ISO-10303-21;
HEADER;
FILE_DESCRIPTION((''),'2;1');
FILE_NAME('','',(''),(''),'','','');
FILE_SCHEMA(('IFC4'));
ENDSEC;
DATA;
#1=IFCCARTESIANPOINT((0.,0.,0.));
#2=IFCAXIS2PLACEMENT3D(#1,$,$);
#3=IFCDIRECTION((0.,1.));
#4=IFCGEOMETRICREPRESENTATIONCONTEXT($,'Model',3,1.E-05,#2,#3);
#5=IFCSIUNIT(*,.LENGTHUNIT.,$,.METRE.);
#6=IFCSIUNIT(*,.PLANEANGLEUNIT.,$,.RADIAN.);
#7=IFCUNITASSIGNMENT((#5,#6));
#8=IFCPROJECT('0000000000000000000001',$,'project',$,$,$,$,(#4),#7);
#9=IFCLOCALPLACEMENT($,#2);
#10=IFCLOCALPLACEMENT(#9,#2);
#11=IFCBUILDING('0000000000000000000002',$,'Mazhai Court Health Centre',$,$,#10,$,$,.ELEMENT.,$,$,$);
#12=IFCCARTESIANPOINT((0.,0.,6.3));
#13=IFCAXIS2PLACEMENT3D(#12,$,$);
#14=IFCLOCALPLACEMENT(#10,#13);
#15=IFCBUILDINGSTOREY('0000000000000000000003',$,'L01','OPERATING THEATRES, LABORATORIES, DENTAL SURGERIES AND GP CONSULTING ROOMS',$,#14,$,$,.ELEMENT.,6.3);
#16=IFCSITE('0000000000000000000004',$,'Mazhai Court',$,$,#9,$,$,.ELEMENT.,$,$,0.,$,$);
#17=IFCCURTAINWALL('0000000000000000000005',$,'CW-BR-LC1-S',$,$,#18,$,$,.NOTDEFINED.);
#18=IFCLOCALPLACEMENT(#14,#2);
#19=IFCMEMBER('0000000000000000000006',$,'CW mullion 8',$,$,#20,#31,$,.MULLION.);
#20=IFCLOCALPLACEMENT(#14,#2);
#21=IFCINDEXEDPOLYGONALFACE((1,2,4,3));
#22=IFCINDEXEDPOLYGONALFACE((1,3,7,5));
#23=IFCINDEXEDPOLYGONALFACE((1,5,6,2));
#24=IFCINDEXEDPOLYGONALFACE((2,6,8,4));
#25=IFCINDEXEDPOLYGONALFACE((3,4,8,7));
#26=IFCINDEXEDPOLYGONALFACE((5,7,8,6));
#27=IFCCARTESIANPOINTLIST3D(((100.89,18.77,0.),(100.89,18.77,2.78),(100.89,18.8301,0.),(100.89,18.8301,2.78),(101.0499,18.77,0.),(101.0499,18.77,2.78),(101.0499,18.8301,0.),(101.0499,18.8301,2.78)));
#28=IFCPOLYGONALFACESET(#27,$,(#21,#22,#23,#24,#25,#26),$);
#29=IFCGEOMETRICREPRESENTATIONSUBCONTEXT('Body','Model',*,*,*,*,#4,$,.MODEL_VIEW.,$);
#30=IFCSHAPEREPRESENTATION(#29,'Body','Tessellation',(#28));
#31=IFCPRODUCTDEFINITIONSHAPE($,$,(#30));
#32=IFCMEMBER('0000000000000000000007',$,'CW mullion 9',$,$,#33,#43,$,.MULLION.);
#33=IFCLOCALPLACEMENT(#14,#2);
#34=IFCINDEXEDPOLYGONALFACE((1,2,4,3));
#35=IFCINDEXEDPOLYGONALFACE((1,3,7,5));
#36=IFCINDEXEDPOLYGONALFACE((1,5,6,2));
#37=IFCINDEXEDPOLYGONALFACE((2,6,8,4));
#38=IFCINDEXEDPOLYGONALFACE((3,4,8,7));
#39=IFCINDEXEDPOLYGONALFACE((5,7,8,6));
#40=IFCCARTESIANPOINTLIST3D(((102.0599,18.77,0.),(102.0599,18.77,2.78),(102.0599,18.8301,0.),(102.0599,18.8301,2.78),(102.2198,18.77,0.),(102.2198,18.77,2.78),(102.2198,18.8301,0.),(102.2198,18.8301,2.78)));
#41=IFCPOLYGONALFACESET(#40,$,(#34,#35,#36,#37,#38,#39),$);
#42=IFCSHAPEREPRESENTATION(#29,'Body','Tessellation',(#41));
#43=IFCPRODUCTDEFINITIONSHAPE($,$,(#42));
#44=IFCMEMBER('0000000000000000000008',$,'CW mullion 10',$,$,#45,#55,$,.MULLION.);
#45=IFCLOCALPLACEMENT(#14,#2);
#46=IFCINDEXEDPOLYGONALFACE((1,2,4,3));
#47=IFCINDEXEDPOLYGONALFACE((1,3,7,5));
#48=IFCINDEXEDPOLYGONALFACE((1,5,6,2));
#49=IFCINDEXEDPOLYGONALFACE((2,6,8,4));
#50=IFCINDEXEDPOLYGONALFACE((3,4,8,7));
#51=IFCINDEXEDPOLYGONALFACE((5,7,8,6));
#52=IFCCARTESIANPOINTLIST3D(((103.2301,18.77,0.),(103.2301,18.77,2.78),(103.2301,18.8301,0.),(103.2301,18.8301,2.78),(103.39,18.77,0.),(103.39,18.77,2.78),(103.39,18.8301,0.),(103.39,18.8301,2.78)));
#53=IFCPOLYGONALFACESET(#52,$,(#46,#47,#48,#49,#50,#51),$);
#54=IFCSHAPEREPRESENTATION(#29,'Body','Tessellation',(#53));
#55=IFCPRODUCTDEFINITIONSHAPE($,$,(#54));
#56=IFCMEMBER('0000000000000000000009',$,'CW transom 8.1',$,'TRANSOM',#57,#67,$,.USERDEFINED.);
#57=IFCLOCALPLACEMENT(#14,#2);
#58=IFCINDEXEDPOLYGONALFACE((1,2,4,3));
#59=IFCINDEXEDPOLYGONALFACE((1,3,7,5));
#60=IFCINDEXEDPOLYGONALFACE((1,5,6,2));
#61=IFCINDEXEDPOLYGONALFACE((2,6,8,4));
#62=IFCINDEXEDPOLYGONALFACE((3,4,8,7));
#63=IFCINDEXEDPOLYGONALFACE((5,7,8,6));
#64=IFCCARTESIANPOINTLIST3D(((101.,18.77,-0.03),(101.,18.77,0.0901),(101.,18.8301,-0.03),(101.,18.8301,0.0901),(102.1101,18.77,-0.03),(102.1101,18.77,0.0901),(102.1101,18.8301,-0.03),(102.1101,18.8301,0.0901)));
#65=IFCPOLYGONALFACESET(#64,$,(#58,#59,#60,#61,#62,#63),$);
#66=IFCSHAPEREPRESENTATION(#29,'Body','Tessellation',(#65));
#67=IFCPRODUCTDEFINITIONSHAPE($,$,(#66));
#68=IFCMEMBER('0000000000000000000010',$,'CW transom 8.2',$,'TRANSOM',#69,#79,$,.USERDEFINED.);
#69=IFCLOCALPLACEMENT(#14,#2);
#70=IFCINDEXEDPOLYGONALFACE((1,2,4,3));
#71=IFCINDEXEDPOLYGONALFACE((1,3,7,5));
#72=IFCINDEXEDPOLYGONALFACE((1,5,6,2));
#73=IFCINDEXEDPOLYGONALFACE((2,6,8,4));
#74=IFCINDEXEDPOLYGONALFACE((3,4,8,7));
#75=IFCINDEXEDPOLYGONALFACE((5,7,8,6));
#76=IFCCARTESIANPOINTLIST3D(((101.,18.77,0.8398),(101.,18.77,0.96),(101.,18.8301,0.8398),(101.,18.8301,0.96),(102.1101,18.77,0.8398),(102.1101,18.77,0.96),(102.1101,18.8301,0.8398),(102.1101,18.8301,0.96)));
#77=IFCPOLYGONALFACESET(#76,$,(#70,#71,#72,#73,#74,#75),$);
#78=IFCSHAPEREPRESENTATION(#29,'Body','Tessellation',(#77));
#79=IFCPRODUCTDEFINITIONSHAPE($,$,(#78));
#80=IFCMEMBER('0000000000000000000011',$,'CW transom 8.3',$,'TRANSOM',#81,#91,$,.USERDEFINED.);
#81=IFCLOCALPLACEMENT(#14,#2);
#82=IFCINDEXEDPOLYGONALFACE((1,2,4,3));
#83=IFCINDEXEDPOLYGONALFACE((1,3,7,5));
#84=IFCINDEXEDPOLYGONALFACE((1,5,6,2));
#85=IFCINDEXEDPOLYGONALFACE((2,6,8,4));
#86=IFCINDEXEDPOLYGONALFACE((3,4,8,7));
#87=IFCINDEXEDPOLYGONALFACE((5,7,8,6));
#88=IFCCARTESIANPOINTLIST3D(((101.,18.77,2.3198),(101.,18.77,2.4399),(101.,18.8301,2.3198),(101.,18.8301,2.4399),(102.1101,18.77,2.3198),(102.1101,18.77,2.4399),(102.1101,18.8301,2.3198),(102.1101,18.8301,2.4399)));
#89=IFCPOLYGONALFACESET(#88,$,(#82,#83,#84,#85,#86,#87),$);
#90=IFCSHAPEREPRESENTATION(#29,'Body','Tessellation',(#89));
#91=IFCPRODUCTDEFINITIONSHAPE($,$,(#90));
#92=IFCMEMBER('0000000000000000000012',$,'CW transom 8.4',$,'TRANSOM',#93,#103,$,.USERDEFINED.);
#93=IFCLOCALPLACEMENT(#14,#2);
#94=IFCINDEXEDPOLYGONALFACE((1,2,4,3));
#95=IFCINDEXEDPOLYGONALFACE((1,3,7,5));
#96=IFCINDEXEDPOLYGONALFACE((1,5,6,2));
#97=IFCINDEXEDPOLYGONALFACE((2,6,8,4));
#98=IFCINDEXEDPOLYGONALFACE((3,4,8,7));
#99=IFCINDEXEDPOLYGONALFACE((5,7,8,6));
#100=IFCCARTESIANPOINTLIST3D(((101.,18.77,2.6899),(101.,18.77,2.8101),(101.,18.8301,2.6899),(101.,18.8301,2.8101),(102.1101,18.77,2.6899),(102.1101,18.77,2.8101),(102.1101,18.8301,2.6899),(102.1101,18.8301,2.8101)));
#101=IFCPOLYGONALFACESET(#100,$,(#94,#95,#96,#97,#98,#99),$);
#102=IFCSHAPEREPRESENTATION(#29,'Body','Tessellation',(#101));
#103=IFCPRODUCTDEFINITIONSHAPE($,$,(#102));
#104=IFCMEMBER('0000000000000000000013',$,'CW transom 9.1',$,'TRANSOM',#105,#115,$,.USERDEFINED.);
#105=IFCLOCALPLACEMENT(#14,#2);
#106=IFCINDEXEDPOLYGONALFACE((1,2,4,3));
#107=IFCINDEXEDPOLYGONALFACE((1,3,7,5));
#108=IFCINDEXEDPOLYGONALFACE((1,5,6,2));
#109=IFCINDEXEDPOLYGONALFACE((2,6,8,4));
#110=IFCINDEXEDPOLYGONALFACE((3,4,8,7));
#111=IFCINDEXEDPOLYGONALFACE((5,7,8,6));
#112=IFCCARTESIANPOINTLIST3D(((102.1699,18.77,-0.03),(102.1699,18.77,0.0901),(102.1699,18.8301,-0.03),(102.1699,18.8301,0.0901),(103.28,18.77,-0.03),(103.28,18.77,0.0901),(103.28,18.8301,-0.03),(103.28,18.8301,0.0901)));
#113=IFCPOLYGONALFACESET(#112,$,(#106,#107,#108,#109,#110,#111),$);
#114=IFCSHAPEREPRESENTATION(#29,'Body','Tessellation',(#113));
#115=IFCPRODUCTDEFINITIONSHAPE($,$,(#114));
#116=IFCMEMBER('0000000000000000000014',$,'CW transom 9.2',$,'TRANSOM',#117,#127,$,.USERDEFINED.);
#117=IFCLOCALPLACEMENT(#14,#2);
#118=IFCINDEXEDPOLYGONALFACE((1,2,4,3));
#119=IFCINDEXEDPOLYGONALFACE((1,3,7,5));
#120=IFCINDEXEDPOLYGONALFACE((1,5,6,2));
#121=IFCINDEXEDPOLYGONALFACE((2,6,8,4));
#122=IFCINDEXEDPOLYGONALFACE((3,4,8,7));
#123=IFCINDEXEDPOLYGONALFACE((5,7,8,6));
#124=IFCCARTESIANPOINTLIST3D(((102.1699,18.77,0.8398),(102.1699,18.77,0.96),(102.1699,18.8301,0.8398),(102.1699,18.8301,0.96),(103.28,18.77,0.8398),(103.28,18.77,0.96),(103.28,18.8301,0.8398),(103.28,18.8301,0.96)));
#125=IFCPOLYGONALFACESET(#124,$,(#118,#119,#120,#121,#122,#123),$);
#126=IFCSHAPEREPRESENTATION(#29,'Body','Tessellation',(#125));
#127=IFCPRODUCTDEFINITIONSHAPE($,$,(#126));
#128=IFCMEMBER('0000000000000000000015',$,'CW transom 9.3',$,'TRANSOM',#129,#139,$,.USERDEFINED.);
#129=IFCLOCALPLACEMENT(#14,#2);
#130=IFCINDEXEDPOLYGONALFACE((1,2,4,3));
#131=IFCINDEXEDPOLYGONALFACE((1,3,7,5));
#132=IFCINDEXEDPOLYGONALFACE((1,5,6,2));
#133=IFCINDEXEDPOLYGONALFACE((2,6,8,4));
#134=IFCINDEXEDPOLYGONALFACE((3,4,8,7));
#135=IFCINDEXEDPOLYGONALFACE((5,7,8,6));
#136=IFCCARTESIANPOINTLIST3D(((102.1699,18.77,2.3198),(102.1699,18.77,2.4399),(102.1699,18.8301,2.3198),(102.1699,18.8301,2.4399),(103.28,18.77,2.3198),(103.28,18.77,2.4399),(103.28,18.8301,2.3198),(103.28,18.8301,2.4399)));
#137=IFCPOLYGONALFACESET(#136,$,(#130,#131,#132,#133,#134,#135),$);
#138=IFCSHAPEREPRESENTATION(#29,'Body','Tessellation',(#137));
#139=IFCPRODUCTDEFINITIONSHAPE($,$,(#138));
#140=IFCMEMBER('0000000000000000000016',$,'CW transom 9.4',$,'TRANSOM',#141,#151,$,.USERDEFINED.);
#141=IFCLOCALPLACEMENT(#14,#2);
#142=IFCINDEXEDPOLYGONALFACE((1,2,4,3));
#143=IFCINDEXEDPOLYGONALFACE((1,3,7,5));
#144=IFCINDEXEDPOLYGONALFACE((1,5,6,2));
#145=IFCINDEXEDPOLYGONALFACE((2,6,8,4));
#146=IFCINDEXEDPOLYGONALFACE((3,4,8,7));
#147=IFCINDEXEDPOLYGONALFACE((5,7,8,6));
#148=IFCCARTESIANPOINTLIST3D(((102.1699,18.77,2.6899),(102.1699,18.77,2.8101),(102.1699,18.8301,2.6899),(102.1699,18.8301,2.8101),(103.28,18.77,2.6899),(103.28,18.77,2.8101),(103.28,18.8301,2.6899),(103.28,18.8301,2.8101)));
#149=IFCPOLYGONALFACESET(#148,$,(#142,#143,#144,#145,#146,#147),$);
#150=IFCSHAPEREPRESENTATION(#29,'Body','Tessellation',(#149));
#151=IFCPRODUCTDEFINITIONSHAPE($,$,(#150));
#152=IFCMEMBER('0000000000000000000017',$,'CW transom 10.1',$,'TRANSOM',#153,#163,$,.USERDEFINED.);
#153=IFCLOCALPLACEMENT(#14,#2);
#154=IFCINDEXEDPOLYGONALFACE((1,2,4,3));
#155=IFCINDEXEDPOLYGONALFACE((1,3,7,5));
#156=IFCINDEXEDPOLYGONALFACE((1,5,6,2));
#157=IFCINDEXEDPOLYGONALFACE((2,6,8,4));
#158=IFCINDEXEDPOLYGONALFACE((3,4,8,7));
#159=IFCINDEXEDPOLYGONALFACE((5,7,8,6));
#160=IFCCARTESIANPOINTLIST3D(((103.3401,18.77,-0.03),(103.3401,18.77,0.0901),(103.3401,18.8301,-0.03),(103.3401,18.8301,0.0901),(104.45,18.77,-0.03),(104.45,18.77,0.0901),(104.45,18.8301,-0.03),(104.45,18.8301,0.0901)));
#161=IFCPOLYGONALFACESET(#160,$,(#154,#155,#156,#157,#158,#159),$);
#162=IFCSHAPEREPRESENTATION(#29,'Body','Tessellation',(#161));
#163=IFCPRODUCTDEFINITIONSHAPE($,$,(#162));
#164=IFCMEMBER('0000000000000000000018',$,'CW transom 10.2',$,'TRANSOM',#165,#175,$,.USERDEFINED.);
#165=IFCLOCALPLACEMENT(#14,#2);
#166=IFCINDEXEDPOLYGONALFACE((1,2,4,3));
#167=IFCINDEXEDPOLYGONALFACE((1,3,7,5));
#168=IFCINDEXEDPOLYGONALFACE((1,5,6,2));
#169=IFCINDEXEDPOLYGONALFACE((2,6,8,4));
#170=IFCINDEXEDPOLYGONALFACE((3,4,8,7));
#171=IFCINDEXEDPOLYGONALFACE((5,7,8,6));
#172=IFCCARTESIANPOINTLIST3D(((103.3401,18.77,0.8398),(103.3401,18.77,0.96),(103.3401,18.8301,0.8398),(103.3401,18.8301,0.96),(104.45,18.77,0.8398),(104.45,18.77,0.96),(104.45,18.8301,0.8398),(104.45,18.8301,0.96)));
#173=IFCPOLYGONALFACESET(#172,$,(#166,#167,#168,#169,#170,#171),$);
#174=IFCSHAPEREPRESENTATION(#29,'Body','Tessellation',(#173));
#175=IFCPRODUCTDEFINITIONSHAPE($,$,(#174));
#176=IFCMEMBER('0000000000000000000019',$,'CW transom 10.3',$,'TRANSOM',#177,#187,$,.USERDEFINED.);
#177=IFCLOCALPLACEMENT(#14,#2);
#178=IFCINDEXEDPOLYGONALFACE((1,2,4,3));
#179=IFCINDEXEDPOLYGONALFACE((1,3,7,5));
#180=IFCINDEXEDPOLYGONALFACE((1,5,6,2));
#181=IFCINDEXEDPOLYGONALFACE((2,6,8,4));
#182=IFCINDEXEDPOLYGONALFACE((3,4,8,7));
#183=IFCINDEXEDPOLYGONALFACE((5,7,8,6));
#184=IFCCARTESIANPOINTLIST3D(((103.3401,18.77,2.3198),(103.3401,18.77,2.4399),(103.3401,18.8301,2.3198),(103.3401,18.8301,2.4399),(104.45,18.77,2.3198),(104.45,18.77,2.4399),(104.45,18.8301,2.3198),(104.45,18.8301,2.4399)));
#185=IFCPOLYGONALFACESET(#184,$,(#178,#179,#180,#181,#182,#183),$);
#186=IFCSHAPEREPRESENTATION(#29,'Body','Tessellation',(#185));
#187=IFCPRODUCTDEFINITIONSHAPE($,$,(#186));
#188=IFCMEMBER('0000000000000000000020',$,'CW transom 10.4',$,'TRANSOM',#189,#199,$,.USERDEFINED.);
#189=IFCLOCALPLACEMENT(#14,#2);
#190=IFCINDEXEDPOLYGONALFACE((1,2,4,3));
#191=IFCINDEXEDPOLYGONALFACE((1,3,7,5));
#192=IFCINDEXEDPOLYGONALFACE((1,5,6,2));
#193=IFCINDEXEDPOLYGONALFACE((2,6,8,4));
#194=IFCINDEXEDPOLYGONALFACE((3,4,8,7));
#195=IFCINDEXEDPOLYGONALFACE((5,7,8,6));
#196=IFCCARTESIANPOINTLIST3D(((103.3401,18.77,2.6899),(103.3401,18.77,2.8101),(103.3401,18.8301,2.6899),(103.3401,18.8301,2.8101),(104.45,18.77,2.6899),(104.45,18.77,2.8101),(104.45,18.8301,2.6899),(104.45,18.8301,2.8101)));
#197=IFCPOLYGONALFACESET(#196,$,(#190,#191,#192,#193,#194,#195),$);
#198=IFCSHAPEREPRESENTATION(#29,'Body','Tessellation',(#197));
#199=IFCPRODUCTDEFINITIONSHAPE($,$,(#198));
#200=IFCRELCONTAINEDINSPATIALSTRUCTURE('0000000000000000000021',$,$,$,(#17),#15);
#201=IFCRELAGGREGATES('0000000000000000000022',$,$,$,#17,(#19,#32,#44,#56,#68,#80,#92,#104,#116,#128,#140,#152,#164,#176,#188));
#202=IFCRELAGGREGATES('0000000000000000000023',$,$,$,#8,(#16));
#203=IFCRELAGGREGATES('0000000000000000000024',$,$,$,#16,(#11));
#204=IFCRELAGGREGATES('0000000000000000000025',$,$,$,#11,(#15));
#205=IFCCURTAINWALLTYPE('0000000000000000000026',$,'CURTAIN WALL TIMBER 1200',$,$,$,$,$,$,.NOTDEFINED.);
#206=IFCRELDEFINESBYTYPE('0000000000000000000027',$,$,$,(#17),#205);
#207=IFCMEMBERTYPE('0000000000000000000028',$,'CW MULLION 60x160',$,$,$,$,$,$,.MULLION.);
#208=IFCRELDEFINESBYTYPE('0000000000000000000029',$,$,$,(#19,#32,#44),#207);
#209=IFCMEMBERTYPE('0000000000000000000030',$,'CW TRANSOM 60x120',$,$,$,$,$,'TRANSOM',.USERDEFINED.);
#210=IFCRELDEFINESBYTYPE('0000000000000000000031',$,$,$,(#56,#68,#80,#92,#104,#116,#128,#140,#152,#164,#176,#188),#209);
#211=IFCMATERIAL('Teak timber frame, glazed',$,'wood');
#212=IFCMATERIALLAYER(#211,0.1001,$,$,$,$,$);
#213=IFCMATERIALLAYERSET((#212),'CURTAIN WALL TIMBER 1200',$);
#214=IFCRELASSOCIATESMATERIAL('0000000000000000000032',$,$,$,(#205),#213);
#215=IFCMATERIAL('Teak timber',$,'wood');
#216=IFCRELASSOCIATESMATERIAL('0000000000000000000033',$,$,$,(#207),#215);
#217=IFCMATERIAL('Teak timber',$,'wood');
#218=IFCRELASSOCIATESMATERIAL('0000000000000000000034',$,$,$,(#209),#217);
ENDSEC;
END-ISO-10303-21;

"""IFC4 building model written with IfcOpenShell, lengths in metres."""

from ifc_helpers import new_model, si_unit, direction, frame, origin, origin_2d, place, context, subcontext, project, spatial, rectangle, extrude, material, layer, layer_set, material_profile, profile_set, type_object, element, aggregate, save


model = new_model("IFC4")

# Units and contexts
model_context = context("Model", 3, precision=1e-05, world=origin(), true_north=direction((0.0, 1.0)))
body_context = subcontext(model_context, "Body", "Model", "MODEL_VIEW")
ifc_project = project(units=[si_unit("LENGTHUNIT", "METRE"), si_unit("PLANEANGLEUNIT", "RADIAN")], contexts=[model_context])

# Site, building, storey
site_placement = place(None, origin())
site = spatial("IfcSite", under=ifc_project, at=site_placement, Name="Mazhai Court", CompositionType="ELEMENT", RefElevation=0.0)
building_placement = place(site_placement, origin())
building = spatial("IfcBuilding", under=site, at=building_placement, Name="Mazhai Court Health Centre", CompositionType="ELEMENT")
storey_placement = place(building_placement, frame((0.0, 0.0, 6.3)))
storey = spatial("IfcBuildingStorey", under=building, at=storey_placement, Name="L01", Description="OPERATING THEATRES, LABORATORIES, DENTAL SURGERIES AND GP CONSULTING ROOMS", CompositionType="ELEMENT", Elevation=6.3)

# Curtain wall, members
ifc_material_1 = material(Name="Teak timber frame, glazed", Category="wood")
ifc_layer_1 = layer(ifc_material_1, 0.1001)
ifc_layer_set_1 = layer_set([ifc_layer_1], Name="CURTAIN WALL TIMBER 1200")
curtain_wall_type = type_object("IfcCurtainWallType", Name="CURTAIN WALL TIMBER 1200", PredefinedType="NOTDEFINED", material=ifc_layer_set_1)
curtain_wall_placement = place(storey_placement, origin())
curtain_wall = element("IfcCurtainWall", 1, at=curtain_wall_placement, inside=storey, type_object=curtain_wall_type, Name="CW-BR-LC1-S", PredefinedType="NOTDEFINED")
ifc_material_2 = material(Name="Teak timber", Category="wood")
ifc_material_profile_1 = material_profile(ifc_material_2, rectangle(XDim=0.0601, YDim=0.1599, at=origin_2d()), Name="CW MULLION 60x160")
ifc_profile_set_1 = profile_set([ifc_material_profile_1], Name="Teak timber")
member_type_1 = type_object("IfcMemberType", Name="CW MULLION 60x160", PredefinedType="MULLION", material=ifc_profile_set_1)
member_1_placement = place(storey_placement, frame((100.97, 18.8, 0.0), z_axis=(0.0, 0.0, 1.0), x_axis=(0.0, 1.0, 0.0)))
member_1 = element("IfcMember", 2, at=member_1_placement, type_object=member_type_1, Name="CW mullion 8", PredefinedType="MULLION", context=body_context, shape_type="SweptSolid", body=[
    extrude(rectangle(XDim=0.0601, YDim=0.1599, at=origin_2d()), origin(), (0.0, 0.0, 1.0), 2.78),
])
member_2_placement = place(storey_placement, frame((102.1399, 18.8, 0.0), z_axis=(0.0, 0.0, 1.0), x_axis=(0.0, 1.0, 0.0)))
member_2 = element("IfcMember", 3, at=member_2_placement, type_object=member_type_1, Name="CW mullion 9", PredefinedType="MULLION", context=body_context, shape_type="SweptSolid", body=[
    extrude(rectangle(XDim=0.0601, YDim=0.1599, at=origin_2d()), origin(), (0.0, 0.0, 1.0), 2.78),
])
member_3_placement = place(storey_placement, frame((103.3101, 18.8, 0.0), z_axis=(0.0, 0.0, 1.0), x_axis=(0.0, 1.0, 0.0)))
member_3 = element("IfcMember", 4, at=member_3_placement, type_object=member_type_1, Name="CW mullion 10", PredefinedType="MULLION", context=body_context, shape_type="SweptSolid", body=[
    extrude(rectangle(XDim=0.0601, YDim=0.1599, at=origin_2d()), origin(), (0.0, 0.0, 1.0), 2.78),
])
ifc_material_3 = material(Name="Teak timber", Category="wood")
ifc_material_profile_2 = material_profile(ifc_material_3, rectangle(XDim=0.0601, YDim=0.1201, at=origin_2d()), Name="CW TRANSOM 60x120")
ifc_profile_set_2 = profile_set([ifc_material_profile_2], Name="Teak timber")
member_type_2 = type_object("IfcMemberType", Name="CW TRANSOM 60x120", ElementType="TRANSOM", PredefinedType="USERDEFINED", material=ifc_profile_set_2)
member_4_placement = place(storey_placement, frame((101.0, 18.8, 0.03), z_axis=(1.0, 0.0, 0.0), x_axis=(0.0, 1.0, 0.0)))
member_4 = element("IfcMember", 5, at=member_4_placement, type_object=member_type_2, Name="CW transom 8.1", ObjectType="TRANSOM", PredefinedType="USERDEFINED", context=body_context, shape_type="SweptSolid", body=[
    extrude(rectangle(XDim=0.0601, YDim=0.1201, at=origin_2d()), origin(), (0.0, 0.0, 1.0), 1.1101),
])
member_5_placement = place(storey_placement, frame((101.0, 18.8, 0.8999), z_axis=(1.0, 0.0, 0.0), x_axis=(0.0, 1.0, 0.0)))
member_5 = element("IfcMember", 6, at=member_5_placement, type_object=member_type_2, Name="CW transom 8.2", ObjectType="TRANSOM", PredefinedType="USERDEFINED", context=body_context, shape_type="SweptSolid", body=[
    extrude(rectangle(XDim=0.0601, YDim=0.1201, at=origin_2d()), origin(), (0.0, 0.0, 1.0), 1.1101),
])
member_6_placement = place(storey_placement, frame((101.0, 18.8, 2.3799), z_axis=(1.0, 0.0, 0.0), x_axis=(0.0, 1.0, 0.0)))
member_6 = element("IfcMember", 7, at=member_6_placement, type_object=member_type_2, Name="CW transom 8.3", ObjectType="TRANSOM", PredefinedType="USERDEFINED", context=body_context, shape_type="SweptSolid", body=[
    extrude(rectangle(XDim=0.0601, YDim=0.1201, at=origin_2d()), origin(), (0.0, 0.0, 1.0), 1.1101),
])
member_7_placement = place(storey_placement, frame((101.0, 18.8, 2.75), z_axis=(1.0, 0.0, 0.0), x_axis=(0.0, 1.0, 0.0)))
member_7 = element("IfcMember", 8, at=member_7_placement, type_object=member_type_2, Name="CW transom 8.4", ObjectType="TRANSOM", PredefinedType="USERDEFINED", context=body_context, shape_type="SweptSolid", body=[
    extrude(rectangle(XDim=0.0601, YDim=0.1201, at=origin_2d()), origin(), (0.0, 0.0, 1.0), 1.1101),
])
member_8_placement = place(storey_placement, frame((102.1699, 18.8, 0.03), z_axis=(1.0, 0.0, 0.0), x_axis=(0.0, 1.0, 0.0)))
member_8 = element("IfcMember", 9, at=member_8_placement, type_object=member_type_2, Name="CW transom 9.1", ObjectType="TRANSOM", PredefinedType="USERDEFINED", context=body_context, shape_type="SweptSolid", body=[
    extrude(rectangle(XDim=0.0601, YDim=0.1201, at=origin_2d()), origin(), (0.0, 0.0, 1.0), 1.1101),
])
member_9_placement = place(storey_placement, frame((102.1699, 18.8, 0.8999), z_axis=(1.0, 0.0, 0.0), x_axis=(0.0, 1.0, 0.0)))
member_9 = element("IfcMember", 10, at=member_9_placement, type_object=member_type_2, Name="CW transom 9.2", ObjectType="TRANSOM", PredefinedType="USERDEFINED", context=body_context, shape_type="SweptSolid", body=[
    extrude(rectangle(XDim=0.0601, YDim=0.1201, at=origin_2d()), origin(), (0.0, 0.0, 1.0), 1.1101),
])
member_10_placement = place(storey_placement, frame((102.1699, 18.8, 2.3799), z_axis=(1.0, 0.0, 0.0), x_axis=(0.0, 1.0, 0.0)))
member_10 = element("IfcMember", 11, at=member_10_placement, type_object=member_type_2, Name="CW transom 9.3", ObjectType="TRANSOM", PredefinedType="USERDEFINED", context=body_context, shape_type="SweptSolid", body=[
    extrude(rectangle(XDim=0.0601, YDim=0.1201, at=origin_2d()), origin(), (0.0, 0.0, 1.0), 1.1101),
])
member_11_placement = place(storey_placement, frame((102.1699, 18.8, 2.75), z_axis=(1.0, 0.0, 0.0), x_axis=(0.0, 1.0, 0.0)))
member_11 = element("IfcMember", 12, at=member_11_placement, type_object=member_type_2, Name="CW transom 9.4", ObjectType="TRANSOM", PredefinedType="USERDEFINED", context=body_context, shape_type="SweptSolid", body=[
    extrude(rectangle(XDim=0.0601, YDim=0.1201, at=origin_2d()), origin(), (0.0, 0.0, 1.0), 1.1101),
])
member_12_placement = place(storey_placement, frame((103.3401, 18.8, 0.03), z_axis=(1.0, 0.0, 0.0), x_axis=(0.0, 1.0, 0.0)))
member_12 = element("IfcMember", 13, at=member_12_placement, type_object=member_type_2, Name="CW transom 10.1", ObjectType="TRANSOM", PredefinedType="USERDEFINED", context=body_context, shape_type="SweptSolid", body=[
    extrude(rectangle(XDim=0.0601, YDim=0.1201, at=origin_2d()), origin(), (0.0, 0.0, 1.0), 1.1099),
])
member_13_placement = place(storey_placement, frame((103.3401, 18.8, 0.8999), z_axis=(1.0, 0.0, 0.0), x_axis=(0.0, 1.0, 0.0)))
member_13 = element("IfcMember", 14, at=member_13_placement, type_object=member_type_2, Name="CW transom 10.2", ObjectType="TRANSOM", PredefinedType="USERDEFINED", context=body_context, shape_type="SweptSolid", body=[
    extrude(rectangle(XDim=0.0601, YDim=0.1201, at=origin_2d()), origin(), (0.0, 0.0, 1.0), 1.1099),
])
member_14_placement = place(storey_placement, frame((103.3401, 18.8, 2.3799), z_axis=(1.0, 0.0, 0.0), x_axis=(0.0, 1.0, 0.0)))
member_14 = element("IfcMember", 15, at=member_14_placement, type_object=member_type_2, Name="CW transom 10.3", ObjectType="TRANSOM", PredefinedType="USERDEFINED", context=body_context, shape_type="SweptSolid", body=[
    extrude(rectangle(XDim=0.0601, YDim=0.1201, at=origin_2d()), origin(), (0.0, 0.0, 1.0), 1.1099),
])
member_15_placement = place(storey_placement, frame((103.3401, 18.8, 2.75), z_axis=(1.0, 0.0, 0.0), x_axis=(0.0, 1.0, 0.0)))
member_15 = element("IfcMember", 16, at=member_15_placement, type_object=member_type_2, Name="CW transom 10.4", ObjectType="TRANSOM", PredefinedType="USERDEFINED", context=body_context, shape_type="SweptSolid", body=[
    extrude(rectangle(XDim=0.0601, YDim=0.1201, at=origin_2d()), origin(), (0.0, 0.0, 1.0), 1.1099),
])
aggregate(curtain_wall, [member_1, member_2, member_3, member_4, member_5, member_6, member_7, member_8, member_9, member_10, member_11, member_12, member_13, member_14, member_15])

save(model, "model.ifc")
